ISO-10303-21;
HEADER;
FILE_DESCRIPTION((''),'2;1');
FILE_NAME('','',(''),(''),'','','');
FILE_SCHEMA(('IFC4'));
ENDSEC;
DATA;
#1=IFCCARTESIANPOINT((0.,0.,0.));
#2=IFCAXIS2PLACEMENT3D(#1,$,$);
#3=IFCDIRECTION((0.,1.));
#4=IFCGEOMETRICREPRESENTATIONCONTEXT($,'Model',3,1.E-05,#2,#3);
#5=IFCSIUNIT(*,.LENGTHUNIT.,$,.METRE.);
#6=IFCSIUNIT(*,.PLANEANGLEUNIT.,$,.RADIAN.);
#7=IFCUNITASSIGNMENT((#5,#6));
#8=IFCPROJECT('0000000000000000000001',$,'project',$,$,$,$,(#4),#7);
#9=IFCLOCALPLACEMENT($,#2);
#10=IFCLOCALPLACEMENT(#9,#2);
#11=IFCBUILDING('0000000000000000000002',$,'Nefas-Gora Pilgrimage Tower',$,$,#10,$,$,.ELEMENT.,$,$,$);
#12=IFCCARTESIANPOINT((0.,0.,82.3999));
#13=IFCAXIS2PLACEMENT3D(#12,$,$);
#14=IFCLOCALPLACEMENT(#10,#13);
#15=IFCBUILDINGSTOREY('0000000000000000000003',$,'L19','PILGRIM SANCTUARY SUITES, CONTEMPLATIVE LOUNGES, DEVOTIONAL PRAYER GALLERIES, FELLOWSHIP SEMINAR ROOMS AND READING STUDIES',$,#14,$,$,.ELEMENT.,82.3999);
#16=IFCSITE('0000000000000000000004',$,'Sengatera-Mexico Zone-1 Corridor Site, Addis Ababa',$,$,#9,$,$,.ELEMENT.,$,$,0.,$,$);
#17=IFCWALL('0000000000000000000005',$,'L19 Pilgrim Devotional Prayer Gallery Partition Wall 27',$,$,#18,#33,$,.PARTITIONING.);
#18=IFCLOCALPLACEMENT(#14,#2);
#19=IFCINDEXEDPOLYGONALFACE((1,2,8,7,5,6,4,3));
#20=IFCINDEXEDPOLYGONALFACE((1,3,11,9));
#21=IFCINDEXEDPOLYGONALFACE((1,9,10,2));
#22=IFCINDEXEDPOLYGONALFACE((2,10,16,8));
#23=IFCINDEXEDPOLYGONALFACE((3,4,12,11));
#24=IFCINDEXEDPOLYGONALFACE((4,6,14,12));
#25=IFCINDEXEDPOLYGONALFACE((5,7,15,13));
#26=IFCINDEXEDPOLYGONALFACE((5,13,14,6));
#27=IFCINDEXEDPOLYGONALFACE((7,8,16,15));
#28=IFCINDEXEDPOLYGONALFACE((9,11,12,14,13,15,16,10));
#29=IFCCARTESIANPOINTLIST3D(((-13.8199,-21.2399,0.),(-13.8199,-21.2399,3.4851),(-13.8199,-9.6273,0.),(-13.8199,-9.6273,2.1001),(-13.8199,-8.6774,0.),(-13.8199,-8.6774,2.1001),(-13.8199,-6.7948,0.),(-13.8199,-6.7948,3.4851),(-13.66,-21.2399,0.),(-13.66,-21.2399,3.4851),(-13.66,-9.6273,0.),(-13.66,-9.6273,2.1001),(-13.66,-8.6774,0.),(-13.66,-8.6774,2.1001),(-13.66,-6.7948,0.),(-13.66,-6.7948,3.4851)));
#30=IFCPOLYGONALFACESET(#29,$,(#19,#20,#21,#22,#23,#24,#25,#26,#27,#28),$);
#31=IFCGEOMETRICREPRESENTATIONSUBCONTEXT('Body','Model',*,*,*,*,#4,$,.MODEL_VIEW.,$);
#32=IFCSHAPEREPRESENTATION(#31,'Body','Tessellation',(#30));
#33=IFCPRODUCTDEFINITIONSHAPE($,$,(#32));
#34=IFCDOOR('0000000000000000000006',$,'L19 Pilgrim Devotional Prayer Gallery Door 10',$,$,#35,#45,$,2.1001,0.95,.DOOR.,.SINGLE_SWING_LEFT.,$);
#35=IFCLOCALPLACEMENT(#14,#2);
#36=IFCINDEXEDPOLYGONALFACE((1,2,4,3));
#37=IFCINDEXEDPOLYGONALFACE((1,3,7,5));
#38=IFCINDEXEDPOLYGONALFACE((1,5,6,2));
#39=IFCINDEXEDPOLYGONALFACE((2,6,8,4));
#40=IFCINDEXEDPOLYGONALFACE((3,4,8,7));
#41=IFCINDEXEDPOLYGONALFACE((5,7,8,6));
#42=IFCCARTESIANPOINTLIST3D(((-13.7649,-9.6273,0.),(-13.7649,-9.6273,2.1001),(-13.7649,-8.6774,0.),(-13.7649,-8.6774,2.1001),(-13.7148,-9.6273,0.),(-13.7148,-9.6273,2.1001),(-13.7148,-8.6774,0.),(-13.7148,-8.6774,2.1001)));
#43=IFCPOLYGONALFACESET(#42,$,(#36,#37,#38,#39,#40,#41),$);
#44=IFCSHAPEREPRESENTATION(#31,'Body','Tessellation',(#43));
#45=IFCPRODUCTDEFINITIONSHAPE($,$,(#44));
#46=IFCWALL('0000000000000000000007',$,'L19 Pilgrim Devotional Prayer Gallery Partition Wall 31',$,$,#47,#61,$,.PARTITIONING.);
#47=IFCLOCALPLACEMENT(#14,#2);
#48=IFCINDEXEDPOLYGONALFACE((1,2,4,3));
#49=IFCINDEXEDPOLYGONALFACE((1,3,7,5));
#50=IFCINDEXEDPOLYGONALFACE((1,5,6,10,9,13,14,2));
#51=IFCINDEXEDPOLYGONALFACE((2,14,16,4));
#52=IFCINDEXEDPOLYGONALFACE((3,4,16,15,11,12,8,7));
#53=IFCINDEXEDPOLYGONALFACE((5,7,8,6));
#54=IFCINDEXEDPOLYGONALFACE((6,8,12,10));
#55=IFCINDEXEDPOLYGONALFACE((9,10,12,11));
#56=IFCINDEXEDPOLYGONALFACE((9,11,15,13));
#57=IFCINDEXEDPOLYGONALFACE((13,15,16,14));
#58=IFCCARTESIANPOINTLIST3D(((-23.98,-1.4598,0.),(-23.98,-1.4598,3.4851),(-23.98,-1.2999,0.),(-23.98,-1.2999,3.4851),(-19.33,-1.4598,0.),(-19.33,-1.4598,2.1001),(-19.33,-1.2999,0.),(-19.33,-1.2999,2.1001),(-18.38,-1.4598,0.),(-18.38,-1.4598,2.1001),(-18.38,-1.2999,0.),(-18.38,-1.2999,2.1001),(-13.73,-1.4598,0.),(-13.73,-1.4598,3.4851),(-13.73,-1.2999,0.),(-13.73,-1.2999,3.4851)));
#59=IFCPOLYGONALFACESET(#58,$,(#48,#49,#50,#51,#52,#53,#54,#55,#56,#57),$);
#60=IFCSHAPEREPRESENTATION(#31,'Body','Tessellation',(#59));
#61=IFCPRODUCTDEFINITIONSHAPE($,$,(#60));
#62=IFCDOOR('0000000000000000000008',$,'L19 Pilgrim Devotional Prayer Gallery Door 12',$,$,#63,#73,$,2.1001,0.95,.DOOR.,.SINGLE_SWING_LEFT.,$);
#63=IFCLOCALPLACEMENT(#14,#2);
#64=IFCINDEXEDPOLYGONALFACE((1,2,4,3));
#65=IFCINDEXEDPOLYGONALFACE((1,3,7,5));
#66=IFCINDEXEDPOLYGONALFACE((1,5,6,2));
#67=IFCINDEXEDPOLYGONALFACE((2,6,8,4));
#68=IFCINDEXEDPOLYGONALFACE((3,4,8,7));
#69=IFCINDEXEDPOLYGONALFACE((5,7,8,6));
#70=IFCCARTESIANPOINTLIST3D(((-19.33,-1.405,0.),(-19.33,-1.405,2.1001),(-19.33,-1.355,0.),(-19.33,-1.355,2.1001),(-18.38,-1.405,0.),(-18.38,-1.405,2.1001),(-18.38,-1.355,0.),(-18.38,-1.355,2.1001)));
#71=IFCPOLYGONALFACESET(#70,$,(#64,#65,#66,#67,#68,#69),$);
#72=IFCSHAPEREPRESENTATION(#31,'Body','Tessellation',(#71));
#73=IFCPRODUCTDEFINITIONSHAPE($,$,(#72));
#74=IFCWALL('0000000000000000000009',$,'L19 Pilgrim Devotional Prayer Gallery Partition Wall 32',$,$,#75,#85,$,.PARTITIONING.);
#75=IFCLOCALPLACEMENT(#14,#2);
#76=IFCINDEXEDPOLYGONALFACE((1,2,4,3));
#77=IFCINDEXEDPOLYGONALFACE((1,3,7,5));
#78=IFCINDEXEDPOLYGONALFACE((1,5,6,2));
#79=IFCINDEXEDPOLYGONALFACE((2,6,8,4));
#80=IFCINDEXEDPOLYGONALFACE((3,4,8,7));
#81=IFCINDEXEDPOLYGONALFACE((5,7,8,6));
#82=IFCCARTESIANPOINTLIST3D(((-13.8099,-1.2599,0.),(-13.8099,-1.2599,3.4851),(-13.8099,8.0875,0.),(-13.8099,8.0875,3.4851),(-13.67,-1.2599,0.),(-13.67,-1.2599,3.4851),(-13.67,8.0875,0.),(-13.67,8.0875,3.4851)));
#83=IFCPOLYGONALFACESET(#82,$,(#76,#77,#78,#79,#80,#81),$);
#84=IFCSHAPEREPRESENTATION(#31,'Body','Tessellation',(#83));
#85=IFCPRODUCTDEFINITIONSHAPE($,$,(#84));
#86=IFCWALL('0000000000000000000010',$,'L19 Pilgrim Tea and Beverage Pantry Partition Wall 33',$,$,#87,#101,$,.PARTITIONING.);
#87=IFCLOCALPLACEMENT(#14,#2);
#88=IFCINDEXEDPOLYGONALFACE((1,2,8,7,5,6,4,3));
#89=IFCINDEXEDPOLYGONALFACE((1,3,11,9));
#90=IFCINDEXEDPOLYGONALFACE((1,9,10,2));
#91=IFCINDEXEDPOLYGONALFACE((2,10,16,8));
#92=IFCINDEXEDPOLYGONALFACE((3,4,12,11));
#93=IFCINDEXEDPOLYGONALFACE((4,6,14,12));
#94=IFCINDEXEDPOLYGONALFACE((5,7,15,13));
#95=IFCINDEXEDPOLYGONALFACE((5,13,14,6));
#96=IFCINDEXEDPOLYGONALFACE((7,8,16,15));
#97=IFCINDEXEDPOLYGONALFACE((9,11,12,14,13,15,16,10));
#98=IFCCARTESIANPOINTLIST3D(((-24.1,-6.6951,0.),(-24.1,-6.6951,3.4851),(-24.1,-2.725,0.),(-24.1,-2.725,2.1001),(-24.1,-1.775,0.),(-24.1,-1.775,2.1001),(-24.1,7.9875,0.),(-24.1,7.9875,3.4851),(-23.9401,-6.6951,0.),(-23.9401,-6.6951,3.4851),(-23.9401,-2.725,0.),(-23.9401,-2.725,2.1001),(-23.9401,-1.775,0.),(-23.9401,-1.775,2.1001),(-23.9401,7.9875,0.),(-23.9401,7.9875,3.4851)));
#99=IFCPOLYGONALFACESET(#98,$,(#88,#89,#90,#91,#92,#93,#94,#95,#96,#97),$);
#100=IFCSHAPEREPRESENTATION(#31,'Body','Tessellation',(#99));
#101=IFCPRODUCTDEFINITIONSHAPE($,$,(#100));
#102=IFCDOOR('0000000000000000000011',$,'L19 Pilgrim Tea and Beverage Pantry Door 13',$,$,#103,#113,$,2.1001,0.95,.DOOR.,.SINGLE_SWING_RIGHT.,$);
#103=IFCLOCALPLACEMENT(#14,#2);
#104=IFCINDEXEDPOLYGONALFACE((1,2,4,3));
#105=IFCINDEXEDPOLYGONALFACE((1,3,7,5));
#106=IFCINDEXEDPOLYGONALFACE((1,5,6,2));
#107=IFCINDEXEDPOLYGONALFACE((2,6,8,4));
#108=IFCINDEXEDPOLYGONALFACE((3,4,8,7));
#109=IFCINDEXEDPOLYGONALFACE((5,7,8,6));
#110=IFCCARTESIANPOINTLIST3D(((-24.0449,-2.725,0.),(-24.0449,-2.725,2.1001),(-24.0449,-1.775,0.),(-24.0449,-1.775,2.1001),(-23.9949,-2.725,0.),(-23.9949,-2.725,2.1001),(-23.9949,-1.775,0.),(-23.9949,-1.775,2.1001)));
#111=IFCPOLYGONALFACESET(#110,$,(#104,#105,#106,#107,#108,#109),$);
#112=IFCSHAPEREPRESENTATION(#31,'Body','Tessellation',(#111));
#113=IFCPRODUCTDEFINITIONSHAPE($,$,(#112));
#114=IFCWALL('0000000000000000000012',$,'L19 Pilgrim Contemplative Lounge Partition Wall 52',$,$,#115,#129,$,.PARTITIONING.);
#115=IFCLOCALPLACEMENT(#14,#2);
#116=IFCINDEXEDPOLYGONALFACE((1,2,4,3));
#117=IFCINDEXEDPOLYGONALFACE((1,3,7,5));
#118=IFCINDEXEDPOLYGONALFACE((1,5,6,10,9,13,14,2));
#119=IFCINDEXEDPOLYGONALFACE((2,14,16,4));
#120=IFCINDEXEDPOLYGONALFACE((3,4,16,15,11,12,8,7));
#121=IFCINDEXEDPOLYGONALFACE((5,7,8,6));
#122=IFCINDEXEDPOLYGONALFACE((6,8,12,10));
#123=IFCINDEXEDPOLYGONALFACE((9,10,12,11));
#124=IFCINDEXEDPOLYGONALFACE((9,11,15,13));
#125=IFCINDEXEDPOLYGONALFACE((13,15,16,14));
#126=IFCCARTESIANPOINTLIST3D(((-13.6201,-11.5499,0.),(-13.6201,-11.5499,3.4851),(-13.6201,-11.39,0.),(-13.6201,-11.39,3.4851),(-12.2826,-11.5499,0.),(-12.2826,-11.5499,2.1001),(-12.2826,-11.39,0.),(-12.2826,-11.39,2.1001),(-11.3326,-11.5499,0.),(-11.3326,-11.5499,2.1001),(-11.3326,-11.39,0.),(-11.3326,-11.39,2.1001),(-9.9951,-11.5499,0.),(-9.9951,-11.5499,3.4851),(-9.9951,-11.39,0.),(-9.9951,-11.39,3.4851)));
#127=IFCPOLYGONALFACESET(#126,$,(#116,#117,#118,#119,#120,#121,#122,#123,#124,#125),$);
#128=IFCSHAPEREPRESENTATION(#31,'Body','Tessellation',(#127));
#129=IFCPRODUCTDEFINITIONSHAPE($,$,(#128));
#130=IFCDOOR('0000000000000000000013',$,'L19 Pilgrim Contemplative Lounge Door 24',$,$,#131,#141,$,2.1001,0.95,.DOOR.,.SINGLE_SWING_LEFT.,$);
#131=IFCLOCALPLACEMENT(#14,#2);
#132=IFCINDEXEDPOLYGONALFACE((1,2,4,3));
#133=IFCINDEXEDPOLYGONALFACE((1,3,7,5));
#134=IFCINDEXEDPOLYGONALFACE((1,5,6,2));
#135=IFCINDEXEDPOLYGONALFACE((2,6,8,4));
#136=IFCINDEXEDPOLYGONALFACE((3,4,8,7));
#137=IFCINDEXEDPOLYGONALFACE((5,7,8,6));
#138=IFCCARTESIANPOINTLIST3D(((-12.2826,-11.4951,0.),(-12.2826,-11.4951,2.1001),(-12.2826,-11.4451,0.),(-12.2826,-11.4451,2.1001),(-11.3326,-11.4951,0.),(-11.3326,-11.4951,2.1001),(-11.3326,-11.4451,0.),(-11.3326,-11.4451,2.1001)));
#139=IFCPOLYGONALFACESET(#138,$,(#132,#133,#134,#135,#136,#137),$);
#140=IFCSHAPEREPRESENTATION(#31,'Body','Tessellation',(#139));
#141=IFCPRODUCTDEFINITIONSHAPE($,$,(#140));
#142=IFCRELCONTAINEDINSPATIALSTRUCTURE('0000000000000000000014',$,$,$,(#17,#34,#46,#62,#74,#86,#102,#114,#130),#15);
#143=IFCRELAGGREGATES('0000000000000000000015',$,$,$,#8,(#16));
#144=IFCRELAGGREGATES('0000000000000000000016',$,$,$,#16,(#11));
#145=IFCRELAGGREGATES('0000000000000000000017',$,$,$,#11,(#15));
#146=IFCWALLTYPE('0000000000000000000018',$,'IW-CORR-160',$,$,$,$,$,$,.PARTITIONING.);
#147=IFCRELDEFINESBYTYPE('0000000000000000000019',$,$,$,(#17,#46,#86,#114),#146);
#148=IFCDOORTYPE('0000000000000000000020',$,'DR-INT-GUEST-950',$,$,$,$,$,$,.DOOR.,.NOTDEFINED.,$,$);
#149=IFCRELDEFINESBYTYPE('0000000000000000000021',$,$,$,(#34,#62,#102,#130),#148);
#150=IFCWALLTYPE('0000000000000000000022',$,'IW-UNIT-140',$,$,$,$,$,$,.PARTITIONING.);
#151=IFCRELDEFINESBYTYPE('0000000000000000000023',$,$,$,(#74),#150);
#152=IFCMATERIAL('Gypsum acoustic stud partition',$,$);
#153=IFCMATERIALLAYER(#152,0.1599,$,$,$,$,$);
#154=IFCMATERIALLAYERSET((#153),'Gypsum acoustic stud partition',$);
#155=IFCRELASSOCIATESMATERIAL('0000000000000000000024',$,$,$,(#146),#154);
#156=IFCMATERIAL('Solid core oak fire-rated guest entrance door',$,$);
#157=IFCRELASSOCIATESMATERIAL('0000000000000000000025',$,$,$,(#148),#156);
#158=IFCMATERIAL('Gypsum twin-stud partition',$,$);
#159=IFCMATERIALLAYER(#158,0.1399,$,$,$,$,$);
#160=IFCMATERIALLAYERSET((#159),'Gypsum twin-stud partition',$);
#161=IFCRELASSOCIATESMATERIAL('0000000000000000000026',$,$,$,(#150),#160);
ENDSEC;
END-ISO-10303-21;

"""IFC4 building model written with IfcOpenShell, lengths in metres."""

from ifc_helpers import new_model, si_unit, direction, frame, frame_2d, origin, place, context, subcontext, project, spatial, rectangle, extrude, source, transform, mapped, material, layer, layer_set, type_object, element, fill, save


model = new_model("IFC4")

# Units and contexts
model_context = context("Model", 3, precision=1e-05, world=origin(), true_north=direction((0.0, 1.0)))
body_context = subcontext(model_context, "Body", "Model", "MODEL_VIEW")
ifc_project = project(units=[si_unit("LENGTHUNIT", "METRE"), si_unit("PLANEANGLEUNIT", "RADIAN")], contexts=[model_context])

# Site, building, storey
site_placement = place(None, origin())
site = spatial("IfcSite", under=ifc_project, at=site_placement, Name="Sengatera-Mexico Zone-1 Corridor Site, Addis Ababa", CompositionType="ELEMENT", RefElevation=0.0)
building_placement = place(site_placement, origin())
building = spatial("IfcBuilding", under=site, at=building_placement, Name="Nefas-Gora Pilgrimage Tower", CompositionType="ELEMENT")
storey_placement = place(building_placement, frame((0.0, 0.0, 82.3999)))
storey = spatial("IfcBuildingStorey", under=building, at=storey_placement, Name="L19", Description="PILGRIM SANCTUARY SUITES, CONTEMPLATIVE LOUNGES, DEVOTIONAL PRAYER GALLERIES, FELLOWSHIP SEMINAR ROOMS AND READING STUDIES", CompositionType="ELEMENT", Elevation=82.3999)

# Walls, openings, doors
ifc_material_1 = material(Name="Gypsum acoustic stud partition")
ifc_layer_1 = layer(ifc_material_1, 0.1599)
ifc_layer_set_1 = layer_set([ifc_layer_1], Name="Gypsum acoustic stud partition")
wall_type_1 = type_object("IfcWallType", Name="IW-CORR-160", PredefinedType="PARTITIONING", material=ifc_layer_set_1)
shared_shape_1 = source(origin(), body_context, "Body", "SweptSolid", [
    extrude(rectangle(XDim=14.4451, YDim=0.1599, at=frame_2d((7.2227, 0.0))), origin(), (0.0, 0.0, 1.0), 3.4851),
])
wall_1_placement = place(storey_placement, frame((-13.74, -21.24, 0.0), z_axis=(0.0, 0.0, 1.0), x_axis=(0.0, 1.0, 0.0)))
wall_1 = element("IfcWall", 1, at=wall_1_placement, inside=storey, type_object=wall_type_1, Name="L19 Pilgrim Devotional Prayer Gallery Partition Wall 27", PredefinedType="PARTITIONING", context=body_context, shape_type="MappedRepresentation", body=[
    mapped(shared_shape_1, transform((0.0, 0.0, 0.0), x_axis=(1.0, 0.0, 0.0), y_axis=(0.0, 1.0, 0.0), z_axis=(0.0, 0.0, 1.0), scale=1.0)),
])
opening_1_placement = place(wall_1_placement, frame((11.6125, 0.0, 0.0)))
opening_1 = element("IfcOpeningElement", 2, at=opening_1_placement, cuts=wall_1, PredefinedType="OPENING", context=body_context, shape_type="SweptSolid", body=[
    extrude(rectangle(XDim=0.95, YDim=2.1001, at=frame_2d((0.4751, 1.05))), frame((0.0, 0.0898, 0.0), z_axis=(0.0, -1.0, 0.0), x_axis=(1.0, 0.0, 0.0)), (0.0, 0.0, 1.0), 0.1799),
])
ifc_material_2 = material(Name="Solid core oak fire-rated guest entrance door")
door_type_1 = type_object("IfcDoorType", Name="DR-INT-GUEST-950", OperationType="NOTDEFINED", PredefinedType="DOOR", material=ifc_material_2)
shared_shape_2 = source(origin(), body_context, "Body", "SweptSolid", [
    extrude(rectangle(XDim=0.95, YDim=2.1001, at=frame_2d((0.4751, 1.05))), frame((0.0, 0.0249, 0.0), z_axis=(0.0, -1.0, 0.0), x_axis=(1.0, 0.0, 0.0)), (0.0, 0.0, 1.0), 0.05),
])
door_1_placement = place(opening_1_placement, origin())
door_1 = element("IfcDoor", 3, at=door_1_placement, inside=storey, type_object=door_type_1, Name="L19 Pilgrim Devotional Prayer Gallery Door 10", OperationType="SINGLE_SWING_LEFT", OverallHeight=2.1001, OverallWidth=0.95, PredefinedType="DOOR", context=body_context, shape_type="MappedRepresentation", body=[
    mapped(shared_shape_2, transform((0.0, 0.0, 0.0), x_axis=(1.0, 0.0, 0.0), y_axis=(0.0, 1.0, 0.0), z_axis=(0.0, 0.0, 1.0), scale=1.0)),
])
fill(opening_1, door_1)
shared_shape_3 = source(origin(), body_context, "Body", "SweptSolid", [
    extrude(rectangle(XDim=10.25, YDim=0.1599, at=frame_2d((5.125, 0.0))), origin(), (0.0, 0.0, 1.0), 3.4851),
])
wall_2_placement = place(storey_placement, frame((-23.98, -1.3799, 0.0), z_axis=(0.0, 0.0, 1.0), x_axis=(1.0, 0.0, 0.0)))
wall_2 = element("IfcWall", 4, at=wall_2_placement, inside=storey, type_object=wall_type_1, Name="L19 Pilgrim Devotional Prayer Gallery Partition Wall 31", PredefinedType="PARTITIONING", context=body_context, shape_type="MappedRepresentation", body=[
    mapped(shared_shape_3, transform((0.0, 0.0, 0.0), x_axis=(1.0, 0.0, 0.0), y_axis=(0.0, 1.0, 0.0), z_axis=(0.0, 0.0, 1.0), scale=1.0)),
])
opening_2_placement = place(wall_2_placement, frame((4.6499, 0.0, 0.0)))
opening_2 = element("IfcOpeningElement", 5, at=opening_2_placement, cuts=wall_2, PredefinedType="OPENING", context=body_context, shape_type="SweptSolid", body=[
    extrude(rectangle(XDim=0.95, YDim=2.1001, at=frame_2d((0.4751, 1.05))), frame((0.0, 0.0898, 0.0), z_axis=(0.0, -1.0, 0.0), x_axis=(1.0, 0.0, 0.0)), (0.0, 0.0, 1.0), 0.1799),
])
door_2_placement = place(opening_2_placement, origin())
door_2 = element("IfcDoor", 6, at=door_2_placement, inside=storey, type_object=door_type_1, Name="L19 Pilgrim Devotional Prayer Gallery Door 12", OperationType="SINGLE_SWING_LEFT", OverallHeight=2.1001, OverallWidth=0.95, PredefinedType="DOOR", context=body_context, shape_type="MappedRepresentation", body=[
    mapped(shared_shape_2, transform((0.0, 0.0, 0.0), x_axis=(1.0, 0.0, 0.0), y_axis=(0.0, 1.0, 0.0), z_axis=(0.0, 0.0, 1.0), scale=1.0)),
])
fill(opening_2, door_2)

# Wall
ifc_material_3 = material(Name="Gypsum twin-stud partition")
ifc_layer_2 = layer(ifc_material_3, 0.1399)
ifc_layer_set_2 = layer_set([ifc_layer_2], Name="Gypsum twin-stud partition")
wall_type_2 = type_object("IfcWallType", Name="IW-UNIT-140", PredefinedType="PARTITIONING", material=ifc_layer_set_2)
shared_shape_4 = source(origin(), body_context, "Body", "SweptSolid", [
    extrude(rectangle(XDim=9.3474, YDim=0.1399, at=frame_2d((4.6738, 0.0))), origin(), (0.0, 0.0, 1.0), 3.4851),
])
wall_3_placement = place(storey_placement, frame((-13.74, -1.26, 0.0), z_axis=(0.0, 0.0, 1.0), x_axis=(0.0, 1.0, 0.0)))
element("IfcWall", 7, at=wall_3_placement, inside=storey, type_object=wall_type_2, Name="L19 Pilgrim Devotional Prayer Gallery Partition Wall 32", PredefinedType="PARTITIONING", context=body_context, shape_type="MappedRepresentation", body=[
    mapped(shared_shape_4, transform((0.0, 0.0, 0.0), x_axis=(1.0, 0.0, 0.0), y_axis=(0.0, 1.0, 0.0), z_axis=(0.0, 0.0, 1.0), scale=1.0)),
])

# Walls, openings, doors
shared_shape_5 = source(origin(), body_context, "Body", "SweptSolid", [
    extrude(rectangle(XDim=14.6826, YDim=0.1599, at=frame_2d((7.3413, 0.0))), origin(), (0.0, 0.0, 1.0), 3.4851),
])
wall_4_placement = place(storey_placement, frame((-24.02, -6.6951, 0.0), z_axis=(0.0, 0.0, 1.0), x_axis=(0.0, 1.0, 0.0)))
wall_4 = element("IfcWall", 8, at=wall_4_placement, inside=storey, type_object=wall_type_1, Name="L19 Pilgrim Tea and Beverage Pantry Partition Wall 33", PredefinedType="PARTITIONING", context=body_context, shape_type="MappedRepresentation", body=[
    mapped(shared_shape_5, transform((0.0, 0.0, 0.0), x_axis=(1.0, 0.0, 0.0), y_axis=(0.0, 1.0, 0.0), z_axis=(0.0, 0.0, 1.0), scale=1.0)),
])
opening_3_placement = place(wall_4_placement, frame((3.97, 0.0, 0.0)))
opening_3 = element("IfcOpeningElement", 9, at=opening_3_placement, cuts=wall_4, PredefinedType="OPENING", context=body_context, shape_type="SweptSolid", body=[
    extrude(rectangle(XDim=0.95, YDim=2.1001, at=frame_2d((0.4751, 1.05))), frame((0.0, 0.0898, 0.0), z_axis=(0.0, -1.0, 0.0), x_axis=(1.0, 0.0, 0.0)), (0.0, 0.0, 1.0), 0.1799),
])
door_3_placement = place(opening_3_placement, origin())
door_3 = element("IfcDoor", 10, at=door_3_placement, inside=storey, type_object=door_type_1, Name="L19 Pilgrim Tea and Beverage Pantry Door 13", OperationType="SINGLE_SWING_RIGHT", OverallHeight=2.1001, OverallWidth=0.95, PredefinedType="DOOR", context=body_context, shape_type="MappedRepresentation", body=[
    mapped(shared_shape_2, transform((0.0, 0.0, 0.0), x_axis=(1.0, 0.0, 0.0), y_axis=(0.0, 1.0, 0.0), z_axis=(0.0, 0.0, 1.0), scale=1.0)),
])
fill(opening_3, door_3)
shared_shape_6 = source(origin(), body_context, "Body", "SweptSolid", [
    extrude(rectangle(XDim=3.625, YDim=0.1599, at=frame_2d((1.8125, 0.0))), origin(), (0.0, 0.0, 1.0), 3.4851),
])
wall_5_placement = place(storey_placement, frame((-13.6201, -11.47, 0.0), z_axis=(0.0, 0.0, 1.0), x_axis=(1.0, 0.0, 0.0)))
wall_5 = element("IfcWall", 11, at=wall_5_placement, inside=storey, type_object=wall_type_1, Name="L19 Pilgrim Contemplative Lounge Partition Wall 52", PredefinedType="PARTITIONING", context=body_context, shape_type="MappedRepresentation", body=[
    mapped(shared_shape_6, transform((0.0, 0.0, 0.0), x_axis=(1.0, 0.0, 0.0), y_axis=(0.0, 1.0, 0.0), z_axis=(0.0, 0.0, 1.0), scale=1.0)),
])
opening_4_placement = place(wall_5_placement, frame((1.3374, 0.0, 0.0)))
opening_4 = element("IfcOpeningElement", 12, at=opening_4_placement, cuts=wall_5, PredefinedType="OPENING", context=body_context, shape_type="SweptSolid", body=[
    extrude(rectangle(XDim=0.95, YDim=2.1001, at=frame_2d((0.4751, 1.05))), frame((0.0, 0.0898, 0.0), z_axis=(0.0, -1.0, 0.0), x_axis=(1.0, 0.0, 0.0)), (0.0, 0.0, 1.0), 0.1799),
])
door_4_placement = place(opening_4_placement, origin())
door_4 = element("IfcDoor", 13, at=door_4_placement, inside=storey, type_object=door_type_1, Name="L19 Pilgrim Contemplative Lounge Door 24", OperationType="SINGLE_SWING_LEFT", OverallHeight=2.1001, OverallWidth=0.95, PredefinedType="DOOR", context=body_context, shape_type="MappedRepresentation", body=[
    mapped(shared_shape_2, transform((0.0, 0.0, 0.0), x_axis=(1.0, 0.0, 0.0), y_axis=(0.0, 1.0, 0.0), z_axis=(0.0, 0.0, 1.0), scale=1.0)),
])
fill(opening_4, door_4)

save(model, "model.ifc")
